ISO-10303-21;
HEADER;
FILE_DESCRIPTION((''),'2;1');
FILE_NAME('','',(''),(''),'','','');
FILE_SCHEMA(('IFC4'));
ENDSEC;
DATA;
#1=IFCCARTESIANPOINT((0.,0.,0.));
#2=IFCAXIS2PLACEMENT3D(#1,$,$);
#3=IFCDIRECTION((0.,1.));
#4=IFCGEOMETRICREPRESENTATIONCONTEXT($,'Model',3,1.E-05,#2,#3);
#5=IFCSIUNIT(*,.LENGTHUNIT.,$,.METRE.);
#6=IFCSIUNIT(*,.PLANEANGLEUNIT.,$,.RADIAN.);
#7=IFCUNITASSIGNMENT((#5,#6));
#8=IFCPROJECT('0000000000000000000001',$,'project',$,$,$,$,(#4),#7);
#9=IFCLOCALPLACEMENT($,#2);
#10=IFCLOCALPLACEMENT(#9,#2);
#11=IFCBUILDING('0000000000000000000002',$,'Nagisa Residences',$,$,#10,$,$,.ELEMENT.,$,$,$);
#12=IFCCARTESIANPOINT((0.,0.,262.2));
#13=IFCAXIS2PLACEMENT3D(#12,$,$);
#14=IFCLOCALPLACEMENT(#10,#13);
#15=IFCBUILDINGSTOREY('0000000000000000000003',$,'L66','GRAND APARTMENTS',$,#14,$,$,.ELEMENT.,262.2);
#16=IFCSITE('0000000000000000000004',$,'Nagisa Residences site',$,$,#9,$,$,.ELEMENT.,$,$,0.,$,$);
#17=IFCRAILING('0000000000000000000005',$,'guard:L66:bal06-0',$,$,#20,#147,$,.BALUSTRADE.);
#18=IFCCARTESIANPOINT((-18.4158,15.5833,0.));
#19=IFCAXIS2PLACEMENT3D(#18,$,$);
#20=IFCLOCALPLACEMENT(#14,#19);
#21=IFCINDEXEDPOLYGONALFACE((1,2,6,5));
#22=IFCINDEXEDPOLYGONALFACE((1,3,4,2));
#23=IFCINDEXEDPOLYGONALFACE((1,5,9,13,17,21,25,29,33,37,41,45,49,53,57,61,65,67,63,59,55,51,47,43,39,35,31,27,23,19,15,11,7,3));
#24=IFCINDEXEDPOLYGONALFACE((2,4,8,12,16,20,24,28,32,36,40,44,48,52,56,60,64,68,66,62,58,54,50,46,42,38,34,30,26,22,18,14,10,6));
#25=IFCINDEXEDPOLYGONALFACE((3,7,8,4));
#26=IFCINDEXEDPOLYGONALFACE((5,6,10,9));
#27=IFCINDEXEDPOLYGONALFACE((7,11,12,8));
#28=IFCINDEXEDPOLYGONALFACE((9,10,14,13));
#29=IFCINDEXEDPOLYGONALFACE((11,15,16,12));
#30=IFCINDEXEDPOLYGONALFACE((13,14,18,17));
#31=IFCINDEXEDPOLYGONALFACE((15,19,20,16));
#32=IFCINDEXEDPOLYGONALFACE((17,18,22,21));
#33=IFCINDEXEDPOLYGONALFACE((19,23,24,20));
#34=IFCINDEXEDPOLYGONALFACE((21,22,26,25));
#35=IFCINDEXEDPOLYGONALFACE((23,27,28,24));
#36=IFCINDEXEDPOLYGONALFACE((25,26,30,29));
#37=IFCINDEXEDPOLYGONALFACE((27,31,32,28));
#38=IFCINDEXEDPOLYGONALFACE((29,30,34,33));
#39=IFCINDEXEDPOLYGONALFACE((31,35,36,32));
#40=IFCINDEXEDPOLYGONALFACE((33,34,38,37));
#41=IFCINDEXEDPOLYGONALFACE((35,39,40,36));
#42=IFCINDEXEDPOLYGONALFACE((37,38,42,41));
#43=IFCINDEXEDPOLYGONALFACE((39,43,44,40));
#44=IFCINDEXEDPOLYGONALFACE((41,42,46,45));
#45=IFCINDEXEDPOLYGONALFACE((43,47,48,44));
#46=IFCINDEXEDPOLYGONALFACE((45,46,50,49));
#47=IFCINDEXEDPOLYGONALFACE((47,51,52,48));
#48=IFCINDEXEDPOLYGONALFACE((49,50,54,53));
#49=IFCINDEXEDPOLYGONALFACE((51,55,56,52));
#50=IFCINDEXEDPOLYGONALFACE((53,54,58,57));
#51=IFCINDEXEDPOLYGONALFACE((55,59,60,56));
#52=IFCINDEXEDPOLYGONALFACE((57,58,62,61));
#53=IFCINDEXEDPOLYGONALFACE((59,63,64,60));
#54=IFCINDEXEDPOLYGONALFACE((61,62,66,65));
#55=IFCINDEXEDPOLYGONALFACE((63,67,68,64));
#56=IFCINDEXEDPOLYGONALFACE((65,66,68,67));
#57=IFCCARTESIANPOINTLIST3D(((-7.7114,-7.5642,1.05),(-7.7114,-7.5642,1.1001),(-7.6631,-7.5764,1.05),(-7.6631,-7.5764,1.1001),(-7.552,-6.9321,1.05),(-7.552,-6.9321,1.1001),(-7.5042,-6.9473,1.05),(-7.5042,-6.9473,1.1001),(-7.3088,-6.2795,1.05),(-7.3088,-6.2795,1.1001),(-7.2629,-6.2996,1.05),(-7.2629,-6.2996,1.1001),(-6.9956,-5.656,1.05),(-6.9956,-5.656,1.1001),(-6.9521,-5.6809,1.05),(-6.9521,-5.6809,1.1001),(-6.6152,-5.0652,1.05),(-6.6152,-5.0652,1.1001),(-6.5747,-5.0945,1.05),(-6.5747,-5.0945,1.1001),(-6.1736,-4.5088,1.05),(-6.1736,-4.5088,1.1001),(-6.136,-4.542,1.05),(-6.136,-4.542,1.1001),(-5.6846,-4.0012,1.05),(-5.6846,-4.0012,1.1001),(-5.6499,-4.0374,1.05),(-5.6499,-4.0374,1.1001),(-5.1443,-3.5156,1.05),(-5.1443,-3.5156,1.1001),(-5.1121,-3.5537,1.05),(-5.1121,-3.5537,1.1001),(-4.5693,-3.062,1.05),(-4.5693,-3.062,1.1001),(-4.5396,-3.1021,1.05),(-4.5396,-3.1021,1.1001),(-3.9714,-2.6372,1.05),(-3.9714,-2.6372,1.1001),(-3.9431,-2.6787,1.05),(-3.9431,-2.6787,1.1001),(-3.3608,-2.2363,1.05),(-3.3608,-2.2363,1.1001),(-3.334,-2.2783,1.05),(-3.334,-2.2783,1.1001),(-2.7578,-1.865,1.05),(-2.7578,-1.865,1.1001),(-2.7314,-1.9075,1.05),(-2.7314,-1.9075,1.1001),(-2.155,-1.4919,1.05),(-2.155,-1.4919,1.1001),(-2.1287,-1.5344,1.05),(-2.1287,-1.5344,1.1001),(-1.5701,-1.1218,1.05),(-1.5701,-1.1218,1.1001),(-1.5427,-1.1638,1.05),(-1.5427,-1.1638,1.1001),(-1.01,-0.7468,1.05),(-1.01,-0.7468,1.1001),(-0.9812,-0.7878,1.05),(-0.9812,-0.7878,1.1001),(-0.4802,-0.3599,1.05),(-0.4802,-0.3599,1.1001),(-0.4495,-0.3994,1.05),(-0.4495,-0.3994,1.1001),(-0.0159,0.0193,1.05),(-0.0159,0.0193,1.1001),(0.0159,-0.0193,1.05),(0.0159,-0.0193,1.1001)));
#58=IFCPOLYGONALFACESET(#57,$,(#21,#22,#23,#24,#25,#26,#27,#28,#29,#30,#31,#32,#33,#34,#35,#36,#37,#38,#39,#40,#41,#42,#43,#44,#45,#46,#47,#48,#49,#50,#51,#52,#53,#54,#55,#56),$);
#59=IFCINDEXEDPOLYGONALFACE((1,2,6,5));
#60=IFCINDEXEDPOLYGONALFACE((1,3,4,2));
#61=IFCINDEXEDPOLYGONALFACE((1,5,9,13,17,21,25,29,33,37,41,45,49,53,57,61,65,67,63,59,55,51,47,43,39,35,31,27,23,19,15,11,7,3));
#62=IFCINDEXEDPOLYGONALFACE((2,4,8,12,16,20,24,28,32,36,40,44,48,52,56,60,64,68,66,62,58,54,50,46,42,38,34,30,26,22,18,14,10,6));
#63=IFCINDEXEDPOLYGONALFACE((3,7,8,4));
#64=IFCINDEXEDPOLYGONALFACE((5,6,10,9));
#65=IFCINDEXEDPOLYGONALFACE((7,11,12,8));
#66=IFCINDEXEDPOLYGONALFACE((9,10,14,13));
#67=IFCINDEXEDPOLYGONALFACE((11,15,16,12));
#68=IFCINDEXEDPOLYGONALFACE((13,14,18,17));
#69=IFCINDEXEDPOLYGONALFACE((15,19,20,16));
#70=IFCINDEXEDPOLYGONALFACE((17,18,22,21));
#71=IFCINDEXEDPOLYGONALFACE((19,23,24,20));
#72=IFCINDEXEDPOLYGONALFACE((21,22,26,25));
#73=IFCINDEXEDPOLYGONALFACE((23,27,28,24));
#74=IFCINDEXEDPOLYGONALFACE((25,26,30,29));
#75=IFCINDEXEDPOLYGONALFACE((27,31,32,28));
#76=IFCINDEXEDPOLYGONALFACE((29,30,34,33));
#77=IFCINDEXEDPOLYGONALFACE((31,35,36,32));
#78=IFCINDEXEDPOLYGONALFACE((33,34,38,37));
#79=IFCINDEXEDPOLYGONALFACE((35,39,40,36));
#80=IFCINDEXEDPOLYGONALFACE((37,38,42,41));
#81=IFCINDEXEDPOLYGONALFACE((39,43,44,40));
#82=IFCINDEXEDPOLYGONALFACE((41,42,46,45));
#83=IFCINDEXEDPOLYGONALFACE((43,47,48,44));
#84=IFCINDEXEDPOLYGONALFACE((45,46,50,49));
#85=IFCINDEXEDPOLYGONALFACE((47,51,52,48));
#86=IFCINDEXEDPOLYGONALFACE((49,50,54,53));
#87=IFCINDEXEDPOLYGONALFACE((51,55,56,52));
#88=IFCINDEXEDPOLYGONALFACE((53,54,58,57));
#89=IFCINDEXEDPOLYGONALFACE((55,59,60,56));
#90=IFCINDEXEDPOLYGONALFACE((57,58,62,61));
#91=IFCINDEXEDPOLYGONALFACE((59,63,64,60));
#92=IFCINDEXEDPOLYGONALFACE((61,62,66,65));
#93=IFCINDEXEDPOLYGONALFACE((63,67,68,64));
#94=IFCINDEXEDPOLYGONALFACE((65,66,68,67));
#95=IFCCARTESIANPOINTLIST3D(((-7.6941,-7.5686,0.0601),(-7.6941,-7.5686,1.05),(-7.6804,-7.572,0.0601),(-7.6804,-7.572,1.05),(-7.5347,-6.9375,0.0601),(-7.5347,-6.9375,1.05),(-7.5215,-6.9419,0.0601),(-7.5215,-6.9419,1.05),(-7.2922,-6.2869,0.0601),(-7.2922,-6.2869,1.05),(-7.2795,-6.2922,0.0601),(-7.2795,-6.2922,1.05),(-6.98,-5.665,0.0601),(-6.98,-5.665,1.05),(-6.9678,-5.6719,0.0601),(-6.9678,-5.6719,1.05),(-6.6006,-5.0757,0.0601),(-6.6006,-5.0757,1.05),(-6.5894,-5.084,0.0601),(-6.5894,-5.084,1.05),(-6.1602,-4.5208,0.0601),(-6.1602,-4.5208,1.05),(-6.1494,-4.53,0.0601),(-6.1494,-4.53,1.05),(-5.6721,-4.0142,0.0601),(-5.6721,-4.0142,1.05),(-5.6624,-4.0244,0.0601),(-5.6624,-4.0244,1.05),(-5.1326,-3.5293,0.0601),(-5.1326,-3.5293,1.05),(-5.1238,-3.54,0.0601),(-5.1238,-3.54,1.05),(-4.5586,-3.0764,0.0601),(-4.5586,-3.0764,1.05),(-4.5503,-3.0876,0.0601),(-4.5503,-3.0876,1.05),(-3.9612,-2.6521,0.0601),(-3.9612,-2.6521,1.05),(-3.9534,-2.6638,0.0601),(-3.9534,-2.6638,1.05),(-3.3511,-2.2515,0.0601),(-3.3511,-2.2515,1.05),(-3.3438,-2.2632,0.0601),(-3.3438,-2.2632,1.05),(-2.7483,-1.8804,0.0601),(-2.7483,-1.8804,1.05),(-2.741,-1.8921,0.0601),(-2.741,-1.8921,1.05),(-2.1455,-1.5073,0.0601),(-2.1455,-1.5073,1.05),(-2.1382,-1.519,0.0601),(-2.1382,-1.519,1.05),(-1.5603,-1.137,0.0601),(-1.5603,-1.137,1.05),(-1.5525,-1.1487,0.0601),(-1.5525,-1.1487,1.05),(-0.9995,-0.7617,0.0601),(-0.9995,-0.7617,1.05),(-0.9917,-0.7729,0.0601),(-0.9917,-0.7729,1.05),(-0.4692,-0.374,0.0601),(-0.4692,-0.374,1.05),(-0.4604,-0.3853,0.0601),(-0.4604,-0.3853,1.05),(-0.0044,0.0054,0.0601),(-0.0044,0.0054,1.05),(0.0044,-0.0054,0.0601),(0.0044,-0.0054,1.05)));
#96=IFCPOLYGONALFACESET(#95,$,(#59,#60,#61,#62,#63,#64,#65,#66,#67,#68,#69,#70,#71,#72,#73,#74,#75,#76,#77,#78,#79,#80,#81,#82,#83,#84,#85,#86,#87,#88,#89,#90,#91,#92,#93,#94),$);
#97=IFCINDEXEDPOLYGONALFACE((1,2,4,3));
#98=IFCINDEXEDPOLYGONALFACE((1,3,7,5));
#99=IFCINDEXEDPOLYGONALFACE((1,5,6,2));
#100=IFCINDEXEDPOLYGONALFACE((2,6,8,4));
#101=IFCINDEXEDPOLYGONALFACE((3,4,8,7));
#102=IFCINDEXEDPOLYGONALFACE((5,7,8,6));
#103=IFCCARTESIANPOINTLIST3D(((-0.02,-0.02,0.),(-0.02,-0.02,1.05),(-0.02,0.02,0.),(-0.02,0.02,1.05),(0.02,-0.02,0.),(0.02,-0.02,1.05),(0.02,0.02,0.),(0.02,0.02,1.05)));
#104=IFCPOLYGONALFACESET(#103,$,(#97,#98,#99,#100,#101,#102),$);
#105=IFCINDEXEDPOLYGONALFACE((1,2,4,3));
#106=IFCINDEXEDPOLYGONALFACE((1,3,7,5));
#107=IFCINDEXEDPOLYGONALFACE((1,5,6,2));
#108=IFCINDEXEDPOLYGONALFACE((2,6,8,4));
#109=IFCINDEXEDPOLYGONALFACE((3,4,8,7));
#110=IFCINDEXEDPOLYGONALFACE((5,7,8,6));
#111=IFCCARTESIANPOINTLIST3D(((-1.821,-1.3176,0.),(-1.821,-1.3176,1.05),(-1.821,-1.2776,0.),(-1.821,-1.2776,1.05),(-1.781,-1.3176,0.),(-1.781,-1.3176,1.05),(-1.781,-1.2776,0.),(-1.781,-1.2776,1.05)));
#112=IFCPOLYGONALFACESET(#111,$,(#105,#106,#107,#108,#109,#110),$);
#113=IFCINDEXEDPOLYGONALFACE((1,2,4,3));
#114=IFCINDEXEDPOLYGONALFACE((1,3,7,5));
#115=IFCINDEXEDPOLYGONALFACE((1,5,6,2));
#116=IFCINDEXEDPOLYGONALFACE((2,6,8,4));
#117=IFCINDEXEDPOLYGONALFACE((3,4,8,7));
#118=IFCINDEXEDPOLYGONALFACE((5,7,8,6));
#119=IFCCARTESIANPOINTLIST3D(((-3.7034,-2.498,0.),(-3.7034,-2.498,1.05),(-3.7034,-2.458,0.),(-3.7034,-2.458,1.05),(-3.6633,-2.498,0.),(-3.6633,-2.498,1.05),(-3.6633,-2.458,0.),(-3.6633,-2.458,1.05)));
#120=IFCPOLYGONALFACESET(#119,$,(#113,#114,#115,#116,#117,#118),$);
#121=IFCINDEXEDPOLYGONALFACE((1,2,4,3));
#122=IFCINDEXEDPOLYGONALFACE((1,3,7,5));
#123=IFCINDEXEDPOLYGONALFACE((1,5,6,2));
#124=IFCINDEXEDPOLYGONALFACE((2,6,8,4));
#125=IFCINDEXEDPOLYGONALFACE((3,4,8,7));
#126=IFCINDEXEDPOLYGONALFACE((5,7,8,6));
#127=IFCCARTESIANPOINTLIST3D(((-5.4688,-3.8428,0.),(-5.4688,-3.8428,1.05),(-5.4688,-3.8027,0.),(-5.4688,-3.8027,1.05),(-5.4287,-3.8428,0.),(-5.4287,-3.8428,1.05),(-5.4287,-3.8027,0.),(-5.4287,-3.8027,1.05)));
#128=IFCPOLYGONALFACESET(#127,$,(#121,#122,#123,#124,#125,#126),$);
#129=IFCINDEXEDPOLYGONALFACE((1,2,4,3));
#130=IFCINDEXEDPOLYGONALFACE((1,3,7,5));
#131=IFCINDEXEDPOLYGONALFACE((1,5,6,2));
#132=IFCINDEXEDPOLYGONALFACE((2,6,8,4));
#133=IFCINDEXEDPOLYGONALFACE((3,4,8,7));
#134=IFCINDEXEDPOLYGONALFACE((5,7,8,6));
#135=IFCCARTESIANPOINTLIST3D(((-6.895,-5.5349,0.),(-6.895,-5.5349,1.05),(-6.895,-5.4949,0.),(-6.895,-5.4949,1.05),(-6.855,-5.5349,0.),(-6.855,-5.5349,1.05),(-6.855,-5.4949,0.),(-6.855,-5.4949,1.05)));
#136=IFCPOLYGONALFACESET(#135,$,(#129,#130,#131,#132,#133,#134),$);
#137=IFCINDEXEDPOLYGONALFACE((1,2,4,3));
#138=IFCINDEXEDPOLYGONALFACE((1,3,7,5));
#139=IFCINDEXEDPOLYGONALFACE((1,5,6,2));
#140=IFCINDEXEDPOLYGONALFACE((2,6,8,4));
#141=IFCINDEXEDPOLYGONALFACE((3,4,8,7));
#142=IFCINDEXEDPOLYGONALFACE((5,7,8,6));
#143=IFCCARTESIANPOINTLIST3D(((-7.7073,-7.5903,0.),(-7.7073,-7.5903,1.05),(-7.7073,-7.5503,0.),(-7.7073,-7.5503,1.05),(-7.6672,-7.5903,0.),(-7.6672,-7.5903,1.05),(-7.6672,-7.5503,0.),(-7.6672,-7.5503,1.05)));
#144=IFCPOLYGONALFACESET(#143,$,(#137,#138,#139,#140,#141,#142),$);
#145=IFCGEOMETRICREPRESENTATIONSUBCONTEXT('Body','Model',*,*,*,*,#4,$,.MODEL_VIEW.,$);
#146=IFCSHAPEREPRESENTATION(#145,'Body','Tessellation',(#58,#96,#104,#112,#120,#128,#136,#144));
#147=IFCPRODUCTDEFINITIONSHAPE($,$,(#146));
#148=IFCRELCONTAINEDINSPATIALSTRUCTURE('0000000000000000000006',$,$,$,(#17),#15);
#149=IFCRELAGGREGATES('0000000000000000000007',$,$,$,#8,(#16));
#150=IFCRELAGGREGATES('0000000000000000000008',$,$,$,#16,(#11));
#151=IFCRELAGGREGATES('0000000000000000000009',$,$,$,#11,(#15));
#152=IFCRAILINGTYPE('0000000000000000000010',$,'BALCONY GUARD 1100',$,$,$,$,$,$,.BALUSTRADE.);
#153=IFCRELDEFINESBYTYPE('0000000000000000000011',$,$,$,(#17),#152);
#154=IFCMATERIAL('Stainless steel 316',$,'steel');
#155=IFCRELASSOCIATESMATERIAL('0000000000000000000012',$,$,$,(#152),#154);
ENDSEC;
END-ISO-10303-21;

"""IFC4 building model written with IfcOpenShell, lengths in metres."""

from ifc_helpers import new_model, si_unit, direction, frame, origin, origin_2d, place, context, subcontext, project, spatial, polyline, rectangle, outline, extrude, material, type_object, element, save


model = new_model("IFC4")

# Units and contexts
model_context = context("Model", 3, precision=1e-05, world=origin(), true_north=direction((0.0, 1.0)))
body_context = subcontext(model_context, "Body", "Model", "MODEL_VIEW")
ifc_project = project(units=[si_unit("LENGTHUNIT", "METRE"), si_unit("PLANEANGLEUNIT", "RADIAN")], contexts=[model_context])

# Site, building, storey
site_placement = place(None, origin())
site = spatial("IfcSite", under=ifc_project, at=site_placement, Name="Nagisa Residences site", CompositionType="ELEMENT", RefElevation=0.0)
building_placement = place(site_placement, origin())
building = spatial("IfcBuilding", under=site, at=building_placement, Name="Nagisa Residences", CompositionType="ELEMENT")
storey_placement = place(building_placement, frame((0.0, 0.0, 262.2)))
storey = spatial("IfcBuildingStorey", under=building, at=storey_placement, Name="L66", Description="GRAND APARTMENTS", CompositionType="ELEMENT", Elevation=262.2)

# Railing
ifc_material_1 = material(Name="Stainless steel 316", Category="steel")
railing_type = type_object("IfcRailingType", Name="BALCONY GUARD 1100", PredefinedType="BALUSTRADE", material=ifc_material_1)
railing_1_placement = place(storey_placement, frame((-18.4158, 15.5833, 0.0)))
element("IfcRailing", 1, at=railing_1_placement, inside=storey, type_object=railing_type, Name="guard:L66:bal06-0", PredefinedType="BALUSTRADE", context=body_context, shape_type="SweptSolid", body=[
    extrude(outline(polyline([(-0.4495, -0.3994), (0.0159, -0.0193), (-0.0159, 0.0193), (-0.4802, -0.3599), (-1.01, -0.7468), (-1.5701, -1.1218), (-2.155, -1.4919), (-2.7578, -1.865), (-3.3608, -2.2363), (-3.9714, -2.6372), (-4.5693, -3.062), (-5.1443, -3.5156), (-5.6846, -4.0012), (-6.1736, -4.5088), (-6.6152, -5.0652), (-6.9956, -5.656), (-7.3088, -6.2795), (-7.552, -6.9321), (-7.7114, -7.5642), (-7.6631, -7.5764), (-7.5042, -6.9473), (-7.2629, -6.2996), (-6.9521, -5.6809), (-6.5747, -5.0945), (-6.136, -4.542), (-5.6499, -4.0374), (-5.1121, -3.5537), (-4.5396, -3.1021), (-3.9431, -2.6787), (-3.334, -2.2783), (-2.7314, -1.9075), (-2.1287, -1.5344), (-1.5427, -1.1638), (-0.9812, -0.7878), (-0.4495, -0.3994)])), frame((0.0, 0.0, 1.05)), (0.0, 0.0, 1.0), 0.05),
    extrude(outline(polyline([(-0.4604, -0.3853), (0.0044, -0.0054), (-0.0044, 0.0054), (-0.4692, -0.374), (-0.9995, -0.7617), (-1.5603, -1.137), (-2.1455, -1.5073), (-2.7483, -1.8804), (-3.3511, -2.2515), (-3.9612, -2.6521), (-4.5586, -3.0764), (-5.1326, -3.5293), (-5.6721, -4.0142), (-6.1602, -4.5208), (-6.6006, -5.0757), (-6.98, -5.665), (-7.2922, -6.2869), (-7.5347, -6.9375), (-7.6941, -7.5686), (-7.6804, -7.572), (-7.5215, -6.9419), (-7.2795, -6.2922), (-6.9678, -5.6719), (-6.5894, -5.084), (-6.1494, -4.53), (-5.6624, -4.0244), (-5.1238, -3.54), (-4.5503, -3.0876), (-3.9534, -2.6638), (-3.3438, -2.2632), (-2.741, -1.8921), (-2.1382, -1.519), (-1.5525, -1.1487), (-0.9917, -0.7729), (-0.4604, -0.3853)])), frame((0.0, 0.0, 0.0601)), (0.0, 0.0, 1.0), 0.99),
    extrude(rectangle(XDim=0.04, YDim=0.04, at=origin_2d()), origin(), (0.0, 0.0, 1.0), 1.05),
    extrude(rectangle(XDim=0.04, YDim=0.04, at=origin_2d()), frame((-1.801, -1.2976, 0.0)), (0.0, 0.0, 1.0), 1.05),
    extrude(rectangle(XDim=0.04, YDim=0.04, at=origin_2d()), frame((-3.6833, -2.478, 0.0)), (0.0, 0.0, 1.0), 1.05),
    extrude(rectangle(XDim=0.04, YDim=0.04, at=origin_2d()), frame((-5.4487, -3.8228, 0.0)), (0.0, 0.0, 1.0), 1.05),
    extrude(rectangle(XDim=0.04, YDim=0.04, at=origin_2d()), frame((-6.875, -5.5149, 0.0)), (0.0, 0.0, 1.0), 1.05),
    extrude(rectangle(XDim=0.04, YDim=0.04, at=origin_2d()), frame((-7.6873, -7.5703, 0.0)), (0.0, 0.0, 1.0), 1.05),
])

save(model, "model.ifc")
